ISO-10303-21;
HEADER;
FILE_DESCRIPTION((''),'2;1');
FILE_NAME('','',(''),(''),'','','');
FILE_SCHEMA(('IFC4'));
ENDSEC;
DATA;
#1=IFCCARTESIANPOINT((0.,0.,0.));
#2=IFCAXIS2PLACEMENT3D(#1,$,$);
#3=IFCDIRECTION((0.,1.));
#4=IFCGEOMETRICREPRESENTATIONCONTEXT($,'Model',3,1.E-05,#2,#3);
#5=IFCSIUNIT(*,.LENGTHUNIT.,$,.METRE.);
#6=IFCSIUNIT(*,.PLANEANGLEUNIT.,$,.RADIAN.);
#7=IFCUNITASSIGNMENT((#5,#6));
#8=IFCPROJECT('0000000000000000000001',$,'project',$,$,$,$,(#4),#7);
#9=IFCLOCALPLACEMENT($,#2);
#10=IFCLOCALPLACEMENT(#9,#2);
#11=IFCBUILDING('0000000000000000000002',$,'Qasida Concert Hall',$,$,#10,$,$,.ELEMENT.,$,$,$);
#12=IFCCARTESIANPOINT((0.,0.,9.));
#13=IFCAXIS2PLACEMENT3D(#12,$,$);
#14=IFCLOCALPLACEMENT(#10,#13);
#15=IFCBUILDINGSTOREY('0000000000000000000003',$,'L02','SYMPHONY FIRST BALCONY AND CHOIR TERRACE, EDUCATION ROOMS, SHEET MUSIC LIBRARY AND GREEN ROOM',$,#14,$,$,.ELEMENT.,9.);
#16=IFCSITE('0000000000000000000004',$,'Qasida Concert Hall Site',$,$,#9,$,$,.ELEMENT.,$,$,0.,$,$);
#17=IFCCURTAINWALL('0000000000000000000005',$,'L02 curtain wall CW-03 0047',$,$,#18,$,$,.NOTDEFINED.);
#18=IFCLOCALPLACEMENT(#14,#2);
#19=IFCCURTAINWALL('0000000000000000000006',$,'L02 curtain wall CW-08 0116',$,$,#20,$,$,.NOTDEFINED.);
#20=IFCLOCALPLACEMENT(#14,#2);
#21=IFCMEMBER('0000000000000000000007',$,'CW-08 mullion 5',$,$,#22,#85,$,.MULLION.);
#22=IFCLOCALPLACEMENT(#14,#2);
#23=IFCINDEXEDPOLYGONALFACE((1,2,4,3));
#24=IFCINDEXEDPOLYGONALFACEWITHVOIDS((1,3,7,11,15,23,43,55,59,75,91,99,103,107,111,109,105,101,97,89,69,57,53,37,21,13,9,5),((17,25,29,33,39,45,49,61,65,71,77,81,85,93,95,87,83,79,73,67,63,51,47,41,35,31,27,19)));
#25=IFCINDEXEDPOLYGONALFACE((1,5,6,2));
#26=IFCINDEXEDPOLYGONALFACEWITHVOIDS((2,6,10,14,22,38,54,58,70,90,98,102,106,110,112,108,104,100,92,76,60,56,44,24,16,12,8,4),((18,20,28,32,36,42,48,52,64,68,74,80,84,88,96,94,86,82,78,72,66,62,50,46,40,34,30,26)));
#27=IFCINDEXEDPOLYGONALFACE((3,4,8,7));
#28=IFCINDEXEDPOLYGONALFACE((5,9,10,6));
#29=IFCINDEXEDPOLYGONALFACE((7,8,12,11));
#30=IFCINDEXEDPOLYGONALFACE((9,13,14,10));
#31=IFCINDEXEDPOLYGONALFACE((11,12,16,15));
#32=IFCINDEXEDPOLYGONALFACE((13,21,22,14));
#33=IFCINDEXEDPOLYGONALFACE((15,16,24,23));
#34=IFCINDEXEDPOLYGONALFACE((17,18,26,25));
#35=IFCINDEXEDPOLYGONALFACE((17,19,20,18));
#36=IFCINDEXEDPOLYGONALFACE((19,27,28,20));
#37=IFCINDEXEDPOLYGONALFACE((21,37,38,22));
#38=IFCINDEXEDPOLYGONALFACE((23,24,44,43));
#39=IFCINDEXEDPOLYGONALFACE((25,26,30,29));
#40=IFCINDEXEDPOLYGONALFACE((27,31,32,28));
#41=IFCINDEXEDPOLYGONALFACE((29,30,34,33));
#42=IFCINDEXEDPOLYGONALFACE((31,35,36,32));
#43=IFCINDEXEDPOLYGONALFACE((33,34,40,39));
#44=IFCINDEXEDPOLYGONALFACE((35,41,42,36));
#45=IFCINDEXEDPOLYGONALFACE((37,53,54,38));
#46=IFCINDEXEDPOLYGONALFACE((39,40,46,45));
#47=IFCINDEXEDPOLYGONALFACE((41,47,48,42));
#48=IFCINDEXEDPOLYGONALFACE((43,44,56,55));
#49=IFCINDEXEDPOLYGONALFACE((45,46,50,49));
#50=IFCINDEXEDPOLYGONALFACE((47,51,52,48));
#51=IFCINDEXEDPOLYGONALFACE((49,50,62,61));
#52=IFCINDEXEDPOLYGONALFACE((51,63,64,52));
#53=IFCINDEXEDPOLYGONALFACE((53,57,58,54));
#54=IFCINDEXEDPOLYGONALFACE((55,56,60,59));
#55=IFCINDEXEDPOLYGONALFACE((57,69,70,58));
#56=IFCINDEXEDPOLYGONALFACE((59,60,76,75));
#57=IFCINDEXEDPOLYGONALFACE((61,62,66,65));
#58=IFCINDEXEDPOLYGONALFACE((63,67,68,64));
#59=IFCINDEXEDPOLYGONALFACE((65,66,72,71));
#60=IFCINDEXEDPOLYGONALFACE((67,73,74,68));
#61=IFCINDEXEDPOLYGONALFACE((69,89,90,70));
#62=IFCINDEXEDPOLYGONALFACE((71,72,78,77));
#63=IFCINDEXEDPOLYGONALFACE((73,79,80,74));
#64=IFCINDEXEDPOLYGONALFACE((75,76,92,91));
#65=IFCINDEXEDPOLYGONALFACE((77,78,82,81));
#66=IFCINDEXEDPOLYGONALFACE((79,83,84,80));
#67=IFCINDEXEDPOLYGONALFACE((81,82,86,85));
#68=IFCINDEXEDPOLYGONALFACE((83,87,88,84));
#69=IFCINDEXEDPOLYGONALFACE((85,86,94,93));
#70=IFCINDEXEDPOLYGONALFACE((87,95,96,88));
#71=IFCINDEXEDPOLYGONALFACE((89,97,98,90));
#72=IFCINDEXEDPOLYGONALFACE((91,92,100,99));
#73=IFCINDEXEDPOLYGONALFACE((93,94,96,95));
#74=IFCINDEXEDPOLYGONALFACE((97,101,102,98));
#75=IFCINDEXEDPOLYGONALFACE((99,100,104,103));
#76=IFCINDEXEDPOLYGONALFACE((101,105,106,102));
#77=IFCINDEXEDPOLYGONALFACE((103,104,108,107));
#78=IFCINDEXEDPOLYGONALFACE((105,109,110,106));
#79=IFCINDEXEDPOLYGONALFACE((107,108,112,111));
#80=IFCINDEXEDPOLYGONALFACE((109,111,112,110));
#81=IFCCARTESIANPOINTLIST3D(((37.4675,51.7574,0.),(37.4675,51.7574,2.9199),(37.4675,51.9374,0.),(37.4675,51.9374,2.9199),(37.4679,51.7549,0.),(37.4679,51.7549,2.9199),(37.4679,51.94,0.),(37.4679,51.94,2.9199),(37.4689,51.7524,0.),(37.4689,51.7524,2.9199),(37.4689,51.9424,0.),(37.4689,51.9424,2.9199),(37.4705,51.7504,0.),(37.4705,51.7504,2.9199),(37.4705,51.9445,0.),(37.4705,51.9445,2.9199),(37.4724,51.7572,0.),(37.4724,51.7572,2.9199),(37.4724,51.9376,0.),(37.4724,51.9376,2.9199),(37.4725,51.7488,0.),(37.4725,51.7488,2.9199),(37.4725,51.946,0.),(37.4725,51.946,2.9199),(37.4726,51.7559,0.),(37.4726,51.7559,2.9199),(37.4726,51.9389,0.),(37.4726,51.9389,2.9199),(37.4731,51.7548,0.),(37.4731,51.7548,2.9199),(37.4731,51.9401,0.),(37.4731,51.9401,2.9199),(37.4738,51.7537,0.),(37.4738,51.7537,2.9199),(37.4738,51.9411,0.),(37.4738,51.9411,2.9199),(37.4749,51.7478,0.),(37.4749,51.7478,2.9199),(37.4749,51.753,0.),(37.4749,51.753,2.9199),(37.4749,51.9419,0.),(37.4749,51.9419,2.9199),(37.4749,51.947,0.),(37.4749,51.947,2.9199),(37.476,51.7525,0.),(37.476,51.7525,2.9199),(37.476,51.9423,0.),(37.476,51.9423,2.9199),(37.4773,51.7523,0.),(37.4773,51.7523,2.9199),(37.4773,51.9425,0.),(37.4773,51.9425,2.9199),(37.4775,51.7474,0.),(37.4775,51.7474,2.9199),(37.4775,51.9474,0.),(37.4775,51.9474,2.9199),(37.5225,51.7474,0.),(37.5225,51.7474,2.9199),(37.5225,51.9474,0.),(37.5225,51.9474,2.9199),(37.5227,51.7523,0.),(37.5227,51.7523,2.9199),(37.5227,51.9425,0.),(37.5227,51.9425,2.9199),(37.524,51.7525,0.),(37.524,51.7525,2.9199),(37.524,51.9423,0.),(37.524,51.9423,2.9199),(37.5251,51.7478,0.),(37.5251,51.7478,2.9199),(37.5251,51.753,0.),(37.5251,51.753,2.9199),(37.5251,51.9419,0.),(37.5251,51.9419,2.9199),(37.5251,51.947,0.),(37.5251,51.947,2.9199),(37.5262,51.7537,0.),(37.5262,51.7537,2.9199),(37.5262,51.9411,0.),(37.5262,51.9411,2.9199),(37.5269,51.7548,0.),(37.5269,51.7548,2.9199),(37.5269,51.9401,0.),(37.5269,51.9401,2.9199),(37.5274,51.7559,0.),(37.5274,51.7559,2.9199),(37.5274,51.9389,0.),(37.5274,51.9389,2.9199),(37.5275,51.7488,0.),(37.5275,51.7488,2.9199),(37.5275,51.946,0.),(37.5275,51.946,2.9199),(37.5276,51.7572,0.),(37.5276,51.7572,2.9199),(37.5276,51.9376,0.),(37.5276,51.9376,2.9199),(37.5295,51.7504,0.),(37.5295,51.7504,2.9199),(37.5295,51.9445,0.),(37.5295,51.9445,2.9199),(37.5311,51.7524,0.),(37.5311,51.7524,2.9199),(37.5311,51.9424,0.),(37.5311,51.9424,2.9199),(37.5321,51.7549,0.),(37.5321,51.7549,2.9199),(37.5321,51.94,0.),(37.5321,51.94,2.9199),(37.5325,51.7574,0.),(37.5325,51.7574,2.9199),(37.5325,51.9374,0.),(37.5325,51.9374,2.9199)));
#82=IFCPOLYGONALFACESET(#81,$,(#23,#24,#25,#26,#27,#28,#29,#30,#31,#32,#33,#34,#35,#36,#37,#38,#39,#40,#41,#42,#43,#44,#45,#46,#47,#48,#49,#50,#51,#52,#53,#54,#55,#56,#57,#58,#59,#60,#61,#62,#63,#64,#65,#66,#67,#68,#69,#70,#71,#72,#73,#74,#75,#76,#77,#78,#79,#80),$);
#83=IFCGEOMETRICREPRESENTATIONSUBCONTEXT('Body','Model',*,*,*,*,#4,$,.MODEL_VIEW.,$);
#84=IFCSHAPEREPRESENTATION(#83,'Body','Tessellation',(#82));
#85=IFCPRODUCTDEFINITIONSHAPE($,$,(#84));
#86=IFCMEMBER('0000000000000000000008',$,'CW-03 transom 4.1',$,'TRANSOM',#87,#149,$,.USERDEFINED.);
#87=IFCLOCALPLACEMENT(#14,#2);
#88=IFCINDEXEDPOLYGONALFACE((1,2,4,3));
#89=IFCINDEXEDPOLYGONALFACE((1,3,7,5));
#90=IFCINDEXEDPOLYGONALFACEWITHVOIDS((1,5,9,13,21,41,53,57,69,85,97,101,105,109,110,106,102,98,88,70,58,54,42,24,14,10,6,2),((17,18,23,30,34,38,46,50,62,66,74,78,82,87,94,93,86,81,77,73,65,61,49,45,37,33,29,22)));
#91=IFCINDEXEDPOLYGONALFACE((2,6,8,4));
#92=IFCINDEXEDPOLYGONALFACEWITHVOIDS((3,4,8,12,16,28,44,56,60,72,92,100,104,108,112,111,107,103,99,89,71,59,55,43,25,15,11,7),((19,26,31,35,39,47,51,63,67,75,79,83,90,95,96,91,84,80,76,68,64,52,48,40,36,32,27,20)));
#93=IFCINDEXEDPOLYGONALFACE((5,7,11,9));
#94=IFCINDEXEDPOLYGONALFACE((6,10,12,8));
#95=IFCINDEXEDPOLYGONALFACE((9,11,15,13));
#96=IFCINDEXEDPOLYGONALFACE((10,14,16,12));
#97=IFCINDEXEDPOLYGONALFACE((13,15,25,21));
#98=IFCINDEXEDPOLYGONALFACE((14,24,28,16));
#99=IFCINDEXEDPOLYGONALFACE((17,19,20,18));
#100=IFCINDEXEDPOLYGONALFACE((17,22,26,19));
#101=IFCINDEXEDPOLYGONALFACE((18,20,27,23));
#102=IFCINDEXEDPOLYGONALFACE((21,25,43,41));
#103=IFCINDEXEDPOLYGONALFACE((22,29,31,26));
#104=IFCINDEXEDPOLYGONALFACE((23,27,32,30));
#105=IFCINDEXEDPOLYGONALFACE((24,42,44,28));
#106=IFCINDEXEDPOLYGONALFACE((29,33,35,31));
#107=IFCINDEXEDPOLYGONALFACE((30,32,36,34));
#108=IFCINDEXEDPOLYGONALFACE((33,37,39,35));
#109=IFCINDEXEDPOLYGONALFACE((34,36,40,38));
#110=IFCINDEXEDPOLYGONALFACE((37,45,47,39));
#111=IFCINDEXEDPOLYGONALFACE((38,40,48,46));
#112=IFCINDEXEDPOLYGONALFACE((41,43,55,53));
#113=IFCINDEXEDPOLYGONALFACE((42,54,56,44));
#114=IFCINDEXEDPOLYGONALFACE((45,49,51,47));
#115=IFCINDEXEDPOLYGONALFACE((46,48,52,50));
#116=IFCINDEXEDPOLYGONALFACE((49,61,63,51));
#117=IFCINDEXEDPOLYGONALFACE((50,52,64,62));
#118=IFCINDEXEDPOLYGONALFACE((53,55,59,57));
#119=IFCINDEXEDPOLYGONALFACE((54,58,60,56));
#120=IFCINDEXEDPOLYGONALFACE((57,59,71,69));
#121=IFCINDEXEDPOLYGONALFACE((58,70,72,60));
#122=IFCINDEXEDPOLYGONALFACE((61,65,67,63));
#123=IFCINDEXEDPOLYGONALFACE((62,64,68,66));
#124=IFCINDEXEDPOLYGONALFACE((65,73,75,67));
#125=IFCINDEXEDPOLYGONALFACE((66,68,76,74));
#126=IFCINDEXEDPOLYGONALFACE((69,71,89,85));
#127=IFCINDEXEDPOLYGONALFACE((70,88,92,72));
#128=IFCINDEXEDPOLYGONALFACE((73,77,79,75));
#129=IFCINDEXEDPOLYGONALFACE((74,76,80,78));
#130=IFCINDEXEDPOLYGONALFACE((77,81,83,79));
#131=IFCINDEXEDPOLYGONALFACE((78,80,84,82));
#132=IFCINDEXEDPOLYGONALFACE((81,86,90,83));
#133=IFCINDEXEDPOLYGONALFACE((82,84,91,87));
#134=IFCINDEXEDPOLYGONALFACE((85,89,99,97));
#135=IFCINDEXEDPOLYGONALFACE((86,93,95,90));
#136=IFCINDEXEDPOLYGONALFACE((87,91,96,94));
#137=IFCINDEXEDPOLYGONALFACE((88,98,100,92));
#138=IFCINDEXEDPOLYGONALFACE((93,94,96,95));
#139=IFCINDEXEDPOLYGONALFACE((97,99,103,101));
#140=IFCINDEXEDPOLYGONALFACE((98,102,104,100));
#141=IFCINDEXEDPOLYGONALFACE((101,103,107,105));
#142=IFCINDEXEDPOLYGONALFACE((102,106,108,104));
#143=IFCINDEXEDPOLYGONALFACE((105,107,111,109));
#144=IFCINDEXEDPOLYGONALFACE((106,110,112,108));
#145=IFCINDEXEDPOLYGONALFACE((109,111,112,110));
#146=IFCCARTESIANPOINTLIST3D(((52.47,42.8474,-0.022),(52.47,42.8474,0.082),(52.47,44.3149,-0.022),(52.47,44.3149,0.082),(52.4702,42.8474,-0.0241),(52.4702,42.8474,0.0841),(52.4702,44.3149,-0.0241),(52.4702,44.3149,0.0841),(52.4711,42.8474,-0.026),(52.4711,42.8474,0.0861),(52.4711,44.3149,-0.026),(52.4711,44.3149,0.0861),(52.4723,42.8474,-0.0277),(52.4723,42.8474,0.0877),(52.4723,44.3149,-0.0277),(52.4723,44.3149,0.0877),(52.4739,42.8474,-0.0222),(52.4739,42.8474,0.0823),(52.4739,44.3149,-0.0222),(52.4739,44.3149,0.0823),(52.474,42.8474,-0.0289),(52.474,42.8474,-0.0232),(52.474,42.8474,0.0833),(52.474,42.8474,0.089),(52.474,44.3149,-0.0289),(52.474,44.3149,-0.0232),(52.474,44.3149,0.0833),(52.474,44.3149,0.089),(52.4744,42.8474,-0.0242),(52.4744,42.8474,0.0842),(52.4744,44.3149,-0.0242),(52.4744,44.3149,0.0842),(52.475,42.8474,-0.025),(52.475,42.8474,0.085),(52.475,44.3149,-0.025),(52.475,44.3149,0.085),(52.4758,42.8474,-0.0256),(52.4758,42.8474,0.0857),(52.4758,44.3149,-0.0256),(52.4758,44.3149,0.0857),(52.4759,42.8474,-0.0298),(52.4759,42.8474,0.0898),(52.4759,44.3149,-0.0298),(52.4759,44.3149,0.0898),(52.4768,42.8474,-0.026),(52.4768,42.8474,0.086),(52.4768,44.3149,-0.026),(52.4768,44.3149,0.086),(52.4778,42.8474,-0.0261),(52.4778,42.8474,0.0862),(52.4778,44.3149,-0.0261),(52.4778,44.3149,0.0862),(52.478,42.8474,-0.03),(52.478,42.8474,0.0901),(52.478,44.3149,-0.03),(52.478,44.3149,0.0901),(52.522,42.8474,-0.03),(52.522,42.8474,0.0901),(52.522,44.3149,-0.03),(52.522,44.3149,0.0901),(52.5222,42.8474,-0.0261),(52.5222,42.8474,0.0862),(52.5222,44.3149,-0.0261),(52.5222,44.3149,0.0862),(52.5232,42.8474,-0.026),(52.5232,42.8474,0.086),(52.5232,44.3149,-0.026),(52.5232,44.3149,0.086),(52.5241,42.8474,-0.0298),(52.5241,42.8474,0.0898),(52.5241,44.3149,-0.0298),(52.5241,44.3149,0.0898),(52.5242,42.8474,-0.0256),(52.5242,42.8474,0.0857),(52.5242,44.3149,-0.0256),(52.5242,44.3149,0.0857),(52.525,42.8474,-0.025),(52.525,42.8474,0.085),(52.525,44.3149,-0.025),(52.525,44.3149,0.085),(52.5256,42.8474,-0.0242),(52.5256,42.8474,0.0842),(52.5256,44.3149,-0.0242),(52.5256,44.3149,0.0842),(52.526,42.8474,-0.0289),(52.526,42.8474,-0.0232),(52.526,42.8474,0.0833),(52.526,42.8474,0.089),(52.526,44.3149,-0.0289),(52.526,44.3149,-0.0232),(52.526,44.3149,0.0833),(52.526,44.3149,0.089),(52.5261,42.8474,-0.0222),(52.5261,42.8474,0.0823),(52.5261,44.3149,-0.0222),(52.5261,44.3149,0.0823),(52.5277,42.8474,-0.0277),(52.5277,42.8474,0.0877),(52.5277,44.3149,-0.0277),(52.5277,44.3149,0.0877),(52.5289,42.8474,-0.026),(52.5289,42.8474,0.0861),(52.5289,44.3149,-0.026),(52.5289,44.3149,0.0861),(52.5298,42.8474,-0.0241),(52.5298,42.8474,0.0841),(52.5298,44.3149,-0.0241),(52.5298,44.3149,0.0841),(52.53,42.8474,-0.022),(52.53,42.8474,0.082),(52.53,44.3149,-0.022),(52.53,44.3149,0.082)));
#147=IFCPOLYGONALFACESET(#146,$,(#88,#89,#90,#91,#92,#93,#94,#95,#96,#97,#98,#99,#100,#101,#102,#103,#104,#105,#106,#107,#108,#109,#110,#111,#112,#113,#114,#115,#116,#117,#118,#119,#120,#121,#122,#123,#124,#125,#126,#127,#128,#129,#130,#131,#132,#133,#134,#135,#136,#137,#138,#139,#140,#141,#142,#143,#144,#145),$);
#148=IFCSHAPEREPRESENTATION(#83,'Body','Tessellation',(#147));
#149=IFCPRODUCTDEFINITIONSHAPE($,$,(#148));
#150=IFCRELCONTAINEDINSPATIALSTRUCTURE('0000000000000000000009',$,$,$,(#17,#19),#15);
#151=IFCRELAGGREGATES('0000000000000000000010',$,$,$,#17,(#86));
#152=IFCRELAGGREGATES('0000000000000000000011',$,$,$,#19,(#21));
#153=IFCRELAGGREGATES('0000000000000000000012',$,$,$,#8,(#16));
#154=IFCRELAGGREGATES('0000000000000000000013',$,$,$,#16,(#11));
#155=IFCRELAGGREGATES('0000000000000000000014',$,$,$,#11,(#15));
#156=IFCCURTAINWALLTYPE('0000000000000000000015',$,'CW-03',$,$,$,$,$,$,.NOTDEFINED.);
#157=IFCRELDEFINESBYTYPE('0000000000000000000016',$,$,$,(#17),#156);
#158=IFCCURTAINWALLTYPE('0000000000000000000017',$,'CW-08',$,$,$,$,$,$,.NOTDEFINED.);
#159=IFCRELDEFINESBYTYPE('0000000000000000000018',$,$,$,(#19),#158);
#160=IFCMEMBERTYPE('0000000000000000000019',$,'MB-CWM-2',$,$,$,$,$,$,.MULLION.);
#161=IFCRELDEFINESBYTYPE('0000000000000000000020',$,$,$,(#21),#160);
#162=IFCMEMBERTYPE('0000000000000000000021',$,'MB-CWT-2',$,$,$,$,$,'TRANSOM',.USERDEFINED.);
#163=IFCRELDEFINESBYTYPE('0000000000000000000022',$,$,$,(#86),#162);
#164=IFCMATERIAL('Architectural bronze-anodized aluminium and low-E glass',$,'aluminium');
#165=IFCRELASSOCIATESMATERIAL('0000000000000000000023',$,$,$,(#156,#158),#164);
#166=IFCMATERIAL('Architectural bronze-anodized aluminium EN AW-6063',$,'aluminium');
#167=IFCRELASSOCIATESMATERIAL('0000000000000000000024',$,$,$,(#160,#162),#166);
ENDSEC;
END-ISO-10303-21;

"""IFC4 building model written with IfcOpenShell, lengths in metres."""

from ifc_helpers import new_model, si_unit, direction, frame, origin, origin_2d, place, context, subcontext, project, spatial, hollow_rectangle, extrude, material, material_profile, profile_set, type_object, element, aggregate, save


model = new_model("IFC4")

# Units and contexts
model_context = context("Model", 3, precision=1e-05, world=origin(), true_north=direction((0.0, 1.0)))
body_context = subcontext(model_context, "Body", "Model", "MODEL_VIEW")
ifc_project = project(units=[si_unit("LENGTHUNIT", "METRE"), si_unit("PLANEANGLEUNIT", "RADIAN")], contexts=[model_context])

# Site, building, storey
site_placement = place(None, origin())
site = spatial("IfcSite", under=ifc_project, at=site_placement, Name="Qasida Concert Hall Site", CompositionType="ELEMENT", RefElevation=0.0)
building_placement = place(site_placement, origin())
building = spatial("IfcBuilding", under=site, at=building_placement, Name="Qasida Concert Hall", CompositionType="ELEMENT")
storey_placement = place(building_placement, frame((0.0, 0.0, 9.0)))
storey = spatial("IfcBuildingStorey", under=building, at=storey_placement, Name="L02", Description="SYMPHONY FIRST BALCONY AND CHOIR TERRACE, EDUCATION ROOMS, SHEET MUSIC LIBRARY AND GREEN ROOM", CompositionType="ELEMENT", Elevation=9.0)

# Curtain wall
ifc_material_1 = material(Name="Architectural bronze-anodized aluminium and low-E glass", Category="aluminium")
curtain_wall_type_1 = type_object("IfcCurtainWallType", Name="CW-03", PredefinedType="NOTDEFINED", material=ifc_material_1)
curtain_wall_1_placement = place(storey_placement, origin())
curtain_wall_1 = element("IfcCurtainWall", 1, at=curtain_wall_1_placement, inside=storey, type_object=curtain_wall_type_1, Name="L02 curtain wall CW-03 0047", PredefinedType="NOTDEFINED")
ifc_material_2 = material(Name="Architectural bronze-anodized aluminium EN AW-6063", Category="aluminium")
ifc_material_profile_1 = material_profile(ifc_material_2, hollow_rectangle(XDim=0.0649, YDim=0.2, WallThickness=0.0049, InnerFilletRadius=0.0049, OuterFilletRadius=0.01, at=origin_2d()), Name="CWM 200x65x5")
ifc_profile_set_1 = profile_set([ifc_material_profile_1], Name="Architectural bronze-anodized aluminium EN AW-6063")
member_type_1 = type_object("IfcMemberType", Name="MB-CWM-2", PredefinedType="MULLION", material=ifc_profile_set_1)

# Curtain wall, member
curtain_wall_type_2 = type_object("IfcCurtainWallType", Name="CW-08", PredefinedType="NOTDEFINED", material=ifc_material_1)
curtain_wall_2_placement = place(storey_placement, origin())
curtain_wall_2 = element("IfcCurtainWall", 2, at=curtain_wall_2_placement, inside=storey, type_object=curtain_wall_type_2, Name="L02 curtain wall CW-08 0116", PredefinedType="NOTDEFINED")
member_1_placement = place(storey_placement, frame((37.5, 51.8474, 0.0), z_axis=(0.0, 0.0, 1.0), x_axis=(-1.0, 0.0, 0.0)))
member_1 = element("IfcMember", 3, at=member_1_placement, type_object=member_type_1, Name="CW-08 mullion 5", PredefinedType="MULLION", context=body_context, shape_type="SweptSolid", body=[
    extrude(hollow_rectangle(XDim=0.0649, YDim=0.2, WallThickness=0.0049, InnerFilletRadius=0.0049, OuterFilletRadius=0.01, at=origin_2d()), origin(), (0.0, 0.0, 1.0), 2.9199),
])

# Member
ifc_material_profile_2 = material_profile(ifc_material_2, hollow_rectangle(XDim=0.0601, YDim=0.1201, WallThickness=0.0039, InnerFilletRadius=0.0039, OuterFilletRadius=0.0081, at=origin_2d()), Name="CWT 120x60x4")
ifc_profile_set_2 = profile_set([ifc_material_profile_2], Name="Architectural bronze-anodized aluminium EN AW-6063")
member_type_2 = type_object("IfcMemberType", Name="MB-CWT-2", ElementType="TRANSOM", PredefinedType="USERDEFINED", material=ifc_profile_set_2)
member_2_placement = place(storey_placement, frame((52.5, 42.8474, 0.03), z_axis=(0.0, 1.0, 0.0), x_axis=(-1.0, 0.0, 0.0)))
member_2 = element("IfcMember", 4, at=member_2_placement, type_object=member_type_2, Name="CW-03 transom 4.1", ObjectType="TRANSOM", PredefinedType="USERDEFINED", context=body_context, shape_type="SweptSolid", body=[
    extrude(hollow_rectangle(XDim=0.0601, YDim=0.1201, WallThickness=0.0039, InnerFilletRadius=0.0039, OuterFilletRadius=0.0081, at=origin_2d()), origin(), (0.0, 0.0, 1.0), 1.4675),
])

aggregate(curtain_wall_1, [member_2])
aggregate(curtain_wall_2, [member_1])

save(model, "model.ifc")
